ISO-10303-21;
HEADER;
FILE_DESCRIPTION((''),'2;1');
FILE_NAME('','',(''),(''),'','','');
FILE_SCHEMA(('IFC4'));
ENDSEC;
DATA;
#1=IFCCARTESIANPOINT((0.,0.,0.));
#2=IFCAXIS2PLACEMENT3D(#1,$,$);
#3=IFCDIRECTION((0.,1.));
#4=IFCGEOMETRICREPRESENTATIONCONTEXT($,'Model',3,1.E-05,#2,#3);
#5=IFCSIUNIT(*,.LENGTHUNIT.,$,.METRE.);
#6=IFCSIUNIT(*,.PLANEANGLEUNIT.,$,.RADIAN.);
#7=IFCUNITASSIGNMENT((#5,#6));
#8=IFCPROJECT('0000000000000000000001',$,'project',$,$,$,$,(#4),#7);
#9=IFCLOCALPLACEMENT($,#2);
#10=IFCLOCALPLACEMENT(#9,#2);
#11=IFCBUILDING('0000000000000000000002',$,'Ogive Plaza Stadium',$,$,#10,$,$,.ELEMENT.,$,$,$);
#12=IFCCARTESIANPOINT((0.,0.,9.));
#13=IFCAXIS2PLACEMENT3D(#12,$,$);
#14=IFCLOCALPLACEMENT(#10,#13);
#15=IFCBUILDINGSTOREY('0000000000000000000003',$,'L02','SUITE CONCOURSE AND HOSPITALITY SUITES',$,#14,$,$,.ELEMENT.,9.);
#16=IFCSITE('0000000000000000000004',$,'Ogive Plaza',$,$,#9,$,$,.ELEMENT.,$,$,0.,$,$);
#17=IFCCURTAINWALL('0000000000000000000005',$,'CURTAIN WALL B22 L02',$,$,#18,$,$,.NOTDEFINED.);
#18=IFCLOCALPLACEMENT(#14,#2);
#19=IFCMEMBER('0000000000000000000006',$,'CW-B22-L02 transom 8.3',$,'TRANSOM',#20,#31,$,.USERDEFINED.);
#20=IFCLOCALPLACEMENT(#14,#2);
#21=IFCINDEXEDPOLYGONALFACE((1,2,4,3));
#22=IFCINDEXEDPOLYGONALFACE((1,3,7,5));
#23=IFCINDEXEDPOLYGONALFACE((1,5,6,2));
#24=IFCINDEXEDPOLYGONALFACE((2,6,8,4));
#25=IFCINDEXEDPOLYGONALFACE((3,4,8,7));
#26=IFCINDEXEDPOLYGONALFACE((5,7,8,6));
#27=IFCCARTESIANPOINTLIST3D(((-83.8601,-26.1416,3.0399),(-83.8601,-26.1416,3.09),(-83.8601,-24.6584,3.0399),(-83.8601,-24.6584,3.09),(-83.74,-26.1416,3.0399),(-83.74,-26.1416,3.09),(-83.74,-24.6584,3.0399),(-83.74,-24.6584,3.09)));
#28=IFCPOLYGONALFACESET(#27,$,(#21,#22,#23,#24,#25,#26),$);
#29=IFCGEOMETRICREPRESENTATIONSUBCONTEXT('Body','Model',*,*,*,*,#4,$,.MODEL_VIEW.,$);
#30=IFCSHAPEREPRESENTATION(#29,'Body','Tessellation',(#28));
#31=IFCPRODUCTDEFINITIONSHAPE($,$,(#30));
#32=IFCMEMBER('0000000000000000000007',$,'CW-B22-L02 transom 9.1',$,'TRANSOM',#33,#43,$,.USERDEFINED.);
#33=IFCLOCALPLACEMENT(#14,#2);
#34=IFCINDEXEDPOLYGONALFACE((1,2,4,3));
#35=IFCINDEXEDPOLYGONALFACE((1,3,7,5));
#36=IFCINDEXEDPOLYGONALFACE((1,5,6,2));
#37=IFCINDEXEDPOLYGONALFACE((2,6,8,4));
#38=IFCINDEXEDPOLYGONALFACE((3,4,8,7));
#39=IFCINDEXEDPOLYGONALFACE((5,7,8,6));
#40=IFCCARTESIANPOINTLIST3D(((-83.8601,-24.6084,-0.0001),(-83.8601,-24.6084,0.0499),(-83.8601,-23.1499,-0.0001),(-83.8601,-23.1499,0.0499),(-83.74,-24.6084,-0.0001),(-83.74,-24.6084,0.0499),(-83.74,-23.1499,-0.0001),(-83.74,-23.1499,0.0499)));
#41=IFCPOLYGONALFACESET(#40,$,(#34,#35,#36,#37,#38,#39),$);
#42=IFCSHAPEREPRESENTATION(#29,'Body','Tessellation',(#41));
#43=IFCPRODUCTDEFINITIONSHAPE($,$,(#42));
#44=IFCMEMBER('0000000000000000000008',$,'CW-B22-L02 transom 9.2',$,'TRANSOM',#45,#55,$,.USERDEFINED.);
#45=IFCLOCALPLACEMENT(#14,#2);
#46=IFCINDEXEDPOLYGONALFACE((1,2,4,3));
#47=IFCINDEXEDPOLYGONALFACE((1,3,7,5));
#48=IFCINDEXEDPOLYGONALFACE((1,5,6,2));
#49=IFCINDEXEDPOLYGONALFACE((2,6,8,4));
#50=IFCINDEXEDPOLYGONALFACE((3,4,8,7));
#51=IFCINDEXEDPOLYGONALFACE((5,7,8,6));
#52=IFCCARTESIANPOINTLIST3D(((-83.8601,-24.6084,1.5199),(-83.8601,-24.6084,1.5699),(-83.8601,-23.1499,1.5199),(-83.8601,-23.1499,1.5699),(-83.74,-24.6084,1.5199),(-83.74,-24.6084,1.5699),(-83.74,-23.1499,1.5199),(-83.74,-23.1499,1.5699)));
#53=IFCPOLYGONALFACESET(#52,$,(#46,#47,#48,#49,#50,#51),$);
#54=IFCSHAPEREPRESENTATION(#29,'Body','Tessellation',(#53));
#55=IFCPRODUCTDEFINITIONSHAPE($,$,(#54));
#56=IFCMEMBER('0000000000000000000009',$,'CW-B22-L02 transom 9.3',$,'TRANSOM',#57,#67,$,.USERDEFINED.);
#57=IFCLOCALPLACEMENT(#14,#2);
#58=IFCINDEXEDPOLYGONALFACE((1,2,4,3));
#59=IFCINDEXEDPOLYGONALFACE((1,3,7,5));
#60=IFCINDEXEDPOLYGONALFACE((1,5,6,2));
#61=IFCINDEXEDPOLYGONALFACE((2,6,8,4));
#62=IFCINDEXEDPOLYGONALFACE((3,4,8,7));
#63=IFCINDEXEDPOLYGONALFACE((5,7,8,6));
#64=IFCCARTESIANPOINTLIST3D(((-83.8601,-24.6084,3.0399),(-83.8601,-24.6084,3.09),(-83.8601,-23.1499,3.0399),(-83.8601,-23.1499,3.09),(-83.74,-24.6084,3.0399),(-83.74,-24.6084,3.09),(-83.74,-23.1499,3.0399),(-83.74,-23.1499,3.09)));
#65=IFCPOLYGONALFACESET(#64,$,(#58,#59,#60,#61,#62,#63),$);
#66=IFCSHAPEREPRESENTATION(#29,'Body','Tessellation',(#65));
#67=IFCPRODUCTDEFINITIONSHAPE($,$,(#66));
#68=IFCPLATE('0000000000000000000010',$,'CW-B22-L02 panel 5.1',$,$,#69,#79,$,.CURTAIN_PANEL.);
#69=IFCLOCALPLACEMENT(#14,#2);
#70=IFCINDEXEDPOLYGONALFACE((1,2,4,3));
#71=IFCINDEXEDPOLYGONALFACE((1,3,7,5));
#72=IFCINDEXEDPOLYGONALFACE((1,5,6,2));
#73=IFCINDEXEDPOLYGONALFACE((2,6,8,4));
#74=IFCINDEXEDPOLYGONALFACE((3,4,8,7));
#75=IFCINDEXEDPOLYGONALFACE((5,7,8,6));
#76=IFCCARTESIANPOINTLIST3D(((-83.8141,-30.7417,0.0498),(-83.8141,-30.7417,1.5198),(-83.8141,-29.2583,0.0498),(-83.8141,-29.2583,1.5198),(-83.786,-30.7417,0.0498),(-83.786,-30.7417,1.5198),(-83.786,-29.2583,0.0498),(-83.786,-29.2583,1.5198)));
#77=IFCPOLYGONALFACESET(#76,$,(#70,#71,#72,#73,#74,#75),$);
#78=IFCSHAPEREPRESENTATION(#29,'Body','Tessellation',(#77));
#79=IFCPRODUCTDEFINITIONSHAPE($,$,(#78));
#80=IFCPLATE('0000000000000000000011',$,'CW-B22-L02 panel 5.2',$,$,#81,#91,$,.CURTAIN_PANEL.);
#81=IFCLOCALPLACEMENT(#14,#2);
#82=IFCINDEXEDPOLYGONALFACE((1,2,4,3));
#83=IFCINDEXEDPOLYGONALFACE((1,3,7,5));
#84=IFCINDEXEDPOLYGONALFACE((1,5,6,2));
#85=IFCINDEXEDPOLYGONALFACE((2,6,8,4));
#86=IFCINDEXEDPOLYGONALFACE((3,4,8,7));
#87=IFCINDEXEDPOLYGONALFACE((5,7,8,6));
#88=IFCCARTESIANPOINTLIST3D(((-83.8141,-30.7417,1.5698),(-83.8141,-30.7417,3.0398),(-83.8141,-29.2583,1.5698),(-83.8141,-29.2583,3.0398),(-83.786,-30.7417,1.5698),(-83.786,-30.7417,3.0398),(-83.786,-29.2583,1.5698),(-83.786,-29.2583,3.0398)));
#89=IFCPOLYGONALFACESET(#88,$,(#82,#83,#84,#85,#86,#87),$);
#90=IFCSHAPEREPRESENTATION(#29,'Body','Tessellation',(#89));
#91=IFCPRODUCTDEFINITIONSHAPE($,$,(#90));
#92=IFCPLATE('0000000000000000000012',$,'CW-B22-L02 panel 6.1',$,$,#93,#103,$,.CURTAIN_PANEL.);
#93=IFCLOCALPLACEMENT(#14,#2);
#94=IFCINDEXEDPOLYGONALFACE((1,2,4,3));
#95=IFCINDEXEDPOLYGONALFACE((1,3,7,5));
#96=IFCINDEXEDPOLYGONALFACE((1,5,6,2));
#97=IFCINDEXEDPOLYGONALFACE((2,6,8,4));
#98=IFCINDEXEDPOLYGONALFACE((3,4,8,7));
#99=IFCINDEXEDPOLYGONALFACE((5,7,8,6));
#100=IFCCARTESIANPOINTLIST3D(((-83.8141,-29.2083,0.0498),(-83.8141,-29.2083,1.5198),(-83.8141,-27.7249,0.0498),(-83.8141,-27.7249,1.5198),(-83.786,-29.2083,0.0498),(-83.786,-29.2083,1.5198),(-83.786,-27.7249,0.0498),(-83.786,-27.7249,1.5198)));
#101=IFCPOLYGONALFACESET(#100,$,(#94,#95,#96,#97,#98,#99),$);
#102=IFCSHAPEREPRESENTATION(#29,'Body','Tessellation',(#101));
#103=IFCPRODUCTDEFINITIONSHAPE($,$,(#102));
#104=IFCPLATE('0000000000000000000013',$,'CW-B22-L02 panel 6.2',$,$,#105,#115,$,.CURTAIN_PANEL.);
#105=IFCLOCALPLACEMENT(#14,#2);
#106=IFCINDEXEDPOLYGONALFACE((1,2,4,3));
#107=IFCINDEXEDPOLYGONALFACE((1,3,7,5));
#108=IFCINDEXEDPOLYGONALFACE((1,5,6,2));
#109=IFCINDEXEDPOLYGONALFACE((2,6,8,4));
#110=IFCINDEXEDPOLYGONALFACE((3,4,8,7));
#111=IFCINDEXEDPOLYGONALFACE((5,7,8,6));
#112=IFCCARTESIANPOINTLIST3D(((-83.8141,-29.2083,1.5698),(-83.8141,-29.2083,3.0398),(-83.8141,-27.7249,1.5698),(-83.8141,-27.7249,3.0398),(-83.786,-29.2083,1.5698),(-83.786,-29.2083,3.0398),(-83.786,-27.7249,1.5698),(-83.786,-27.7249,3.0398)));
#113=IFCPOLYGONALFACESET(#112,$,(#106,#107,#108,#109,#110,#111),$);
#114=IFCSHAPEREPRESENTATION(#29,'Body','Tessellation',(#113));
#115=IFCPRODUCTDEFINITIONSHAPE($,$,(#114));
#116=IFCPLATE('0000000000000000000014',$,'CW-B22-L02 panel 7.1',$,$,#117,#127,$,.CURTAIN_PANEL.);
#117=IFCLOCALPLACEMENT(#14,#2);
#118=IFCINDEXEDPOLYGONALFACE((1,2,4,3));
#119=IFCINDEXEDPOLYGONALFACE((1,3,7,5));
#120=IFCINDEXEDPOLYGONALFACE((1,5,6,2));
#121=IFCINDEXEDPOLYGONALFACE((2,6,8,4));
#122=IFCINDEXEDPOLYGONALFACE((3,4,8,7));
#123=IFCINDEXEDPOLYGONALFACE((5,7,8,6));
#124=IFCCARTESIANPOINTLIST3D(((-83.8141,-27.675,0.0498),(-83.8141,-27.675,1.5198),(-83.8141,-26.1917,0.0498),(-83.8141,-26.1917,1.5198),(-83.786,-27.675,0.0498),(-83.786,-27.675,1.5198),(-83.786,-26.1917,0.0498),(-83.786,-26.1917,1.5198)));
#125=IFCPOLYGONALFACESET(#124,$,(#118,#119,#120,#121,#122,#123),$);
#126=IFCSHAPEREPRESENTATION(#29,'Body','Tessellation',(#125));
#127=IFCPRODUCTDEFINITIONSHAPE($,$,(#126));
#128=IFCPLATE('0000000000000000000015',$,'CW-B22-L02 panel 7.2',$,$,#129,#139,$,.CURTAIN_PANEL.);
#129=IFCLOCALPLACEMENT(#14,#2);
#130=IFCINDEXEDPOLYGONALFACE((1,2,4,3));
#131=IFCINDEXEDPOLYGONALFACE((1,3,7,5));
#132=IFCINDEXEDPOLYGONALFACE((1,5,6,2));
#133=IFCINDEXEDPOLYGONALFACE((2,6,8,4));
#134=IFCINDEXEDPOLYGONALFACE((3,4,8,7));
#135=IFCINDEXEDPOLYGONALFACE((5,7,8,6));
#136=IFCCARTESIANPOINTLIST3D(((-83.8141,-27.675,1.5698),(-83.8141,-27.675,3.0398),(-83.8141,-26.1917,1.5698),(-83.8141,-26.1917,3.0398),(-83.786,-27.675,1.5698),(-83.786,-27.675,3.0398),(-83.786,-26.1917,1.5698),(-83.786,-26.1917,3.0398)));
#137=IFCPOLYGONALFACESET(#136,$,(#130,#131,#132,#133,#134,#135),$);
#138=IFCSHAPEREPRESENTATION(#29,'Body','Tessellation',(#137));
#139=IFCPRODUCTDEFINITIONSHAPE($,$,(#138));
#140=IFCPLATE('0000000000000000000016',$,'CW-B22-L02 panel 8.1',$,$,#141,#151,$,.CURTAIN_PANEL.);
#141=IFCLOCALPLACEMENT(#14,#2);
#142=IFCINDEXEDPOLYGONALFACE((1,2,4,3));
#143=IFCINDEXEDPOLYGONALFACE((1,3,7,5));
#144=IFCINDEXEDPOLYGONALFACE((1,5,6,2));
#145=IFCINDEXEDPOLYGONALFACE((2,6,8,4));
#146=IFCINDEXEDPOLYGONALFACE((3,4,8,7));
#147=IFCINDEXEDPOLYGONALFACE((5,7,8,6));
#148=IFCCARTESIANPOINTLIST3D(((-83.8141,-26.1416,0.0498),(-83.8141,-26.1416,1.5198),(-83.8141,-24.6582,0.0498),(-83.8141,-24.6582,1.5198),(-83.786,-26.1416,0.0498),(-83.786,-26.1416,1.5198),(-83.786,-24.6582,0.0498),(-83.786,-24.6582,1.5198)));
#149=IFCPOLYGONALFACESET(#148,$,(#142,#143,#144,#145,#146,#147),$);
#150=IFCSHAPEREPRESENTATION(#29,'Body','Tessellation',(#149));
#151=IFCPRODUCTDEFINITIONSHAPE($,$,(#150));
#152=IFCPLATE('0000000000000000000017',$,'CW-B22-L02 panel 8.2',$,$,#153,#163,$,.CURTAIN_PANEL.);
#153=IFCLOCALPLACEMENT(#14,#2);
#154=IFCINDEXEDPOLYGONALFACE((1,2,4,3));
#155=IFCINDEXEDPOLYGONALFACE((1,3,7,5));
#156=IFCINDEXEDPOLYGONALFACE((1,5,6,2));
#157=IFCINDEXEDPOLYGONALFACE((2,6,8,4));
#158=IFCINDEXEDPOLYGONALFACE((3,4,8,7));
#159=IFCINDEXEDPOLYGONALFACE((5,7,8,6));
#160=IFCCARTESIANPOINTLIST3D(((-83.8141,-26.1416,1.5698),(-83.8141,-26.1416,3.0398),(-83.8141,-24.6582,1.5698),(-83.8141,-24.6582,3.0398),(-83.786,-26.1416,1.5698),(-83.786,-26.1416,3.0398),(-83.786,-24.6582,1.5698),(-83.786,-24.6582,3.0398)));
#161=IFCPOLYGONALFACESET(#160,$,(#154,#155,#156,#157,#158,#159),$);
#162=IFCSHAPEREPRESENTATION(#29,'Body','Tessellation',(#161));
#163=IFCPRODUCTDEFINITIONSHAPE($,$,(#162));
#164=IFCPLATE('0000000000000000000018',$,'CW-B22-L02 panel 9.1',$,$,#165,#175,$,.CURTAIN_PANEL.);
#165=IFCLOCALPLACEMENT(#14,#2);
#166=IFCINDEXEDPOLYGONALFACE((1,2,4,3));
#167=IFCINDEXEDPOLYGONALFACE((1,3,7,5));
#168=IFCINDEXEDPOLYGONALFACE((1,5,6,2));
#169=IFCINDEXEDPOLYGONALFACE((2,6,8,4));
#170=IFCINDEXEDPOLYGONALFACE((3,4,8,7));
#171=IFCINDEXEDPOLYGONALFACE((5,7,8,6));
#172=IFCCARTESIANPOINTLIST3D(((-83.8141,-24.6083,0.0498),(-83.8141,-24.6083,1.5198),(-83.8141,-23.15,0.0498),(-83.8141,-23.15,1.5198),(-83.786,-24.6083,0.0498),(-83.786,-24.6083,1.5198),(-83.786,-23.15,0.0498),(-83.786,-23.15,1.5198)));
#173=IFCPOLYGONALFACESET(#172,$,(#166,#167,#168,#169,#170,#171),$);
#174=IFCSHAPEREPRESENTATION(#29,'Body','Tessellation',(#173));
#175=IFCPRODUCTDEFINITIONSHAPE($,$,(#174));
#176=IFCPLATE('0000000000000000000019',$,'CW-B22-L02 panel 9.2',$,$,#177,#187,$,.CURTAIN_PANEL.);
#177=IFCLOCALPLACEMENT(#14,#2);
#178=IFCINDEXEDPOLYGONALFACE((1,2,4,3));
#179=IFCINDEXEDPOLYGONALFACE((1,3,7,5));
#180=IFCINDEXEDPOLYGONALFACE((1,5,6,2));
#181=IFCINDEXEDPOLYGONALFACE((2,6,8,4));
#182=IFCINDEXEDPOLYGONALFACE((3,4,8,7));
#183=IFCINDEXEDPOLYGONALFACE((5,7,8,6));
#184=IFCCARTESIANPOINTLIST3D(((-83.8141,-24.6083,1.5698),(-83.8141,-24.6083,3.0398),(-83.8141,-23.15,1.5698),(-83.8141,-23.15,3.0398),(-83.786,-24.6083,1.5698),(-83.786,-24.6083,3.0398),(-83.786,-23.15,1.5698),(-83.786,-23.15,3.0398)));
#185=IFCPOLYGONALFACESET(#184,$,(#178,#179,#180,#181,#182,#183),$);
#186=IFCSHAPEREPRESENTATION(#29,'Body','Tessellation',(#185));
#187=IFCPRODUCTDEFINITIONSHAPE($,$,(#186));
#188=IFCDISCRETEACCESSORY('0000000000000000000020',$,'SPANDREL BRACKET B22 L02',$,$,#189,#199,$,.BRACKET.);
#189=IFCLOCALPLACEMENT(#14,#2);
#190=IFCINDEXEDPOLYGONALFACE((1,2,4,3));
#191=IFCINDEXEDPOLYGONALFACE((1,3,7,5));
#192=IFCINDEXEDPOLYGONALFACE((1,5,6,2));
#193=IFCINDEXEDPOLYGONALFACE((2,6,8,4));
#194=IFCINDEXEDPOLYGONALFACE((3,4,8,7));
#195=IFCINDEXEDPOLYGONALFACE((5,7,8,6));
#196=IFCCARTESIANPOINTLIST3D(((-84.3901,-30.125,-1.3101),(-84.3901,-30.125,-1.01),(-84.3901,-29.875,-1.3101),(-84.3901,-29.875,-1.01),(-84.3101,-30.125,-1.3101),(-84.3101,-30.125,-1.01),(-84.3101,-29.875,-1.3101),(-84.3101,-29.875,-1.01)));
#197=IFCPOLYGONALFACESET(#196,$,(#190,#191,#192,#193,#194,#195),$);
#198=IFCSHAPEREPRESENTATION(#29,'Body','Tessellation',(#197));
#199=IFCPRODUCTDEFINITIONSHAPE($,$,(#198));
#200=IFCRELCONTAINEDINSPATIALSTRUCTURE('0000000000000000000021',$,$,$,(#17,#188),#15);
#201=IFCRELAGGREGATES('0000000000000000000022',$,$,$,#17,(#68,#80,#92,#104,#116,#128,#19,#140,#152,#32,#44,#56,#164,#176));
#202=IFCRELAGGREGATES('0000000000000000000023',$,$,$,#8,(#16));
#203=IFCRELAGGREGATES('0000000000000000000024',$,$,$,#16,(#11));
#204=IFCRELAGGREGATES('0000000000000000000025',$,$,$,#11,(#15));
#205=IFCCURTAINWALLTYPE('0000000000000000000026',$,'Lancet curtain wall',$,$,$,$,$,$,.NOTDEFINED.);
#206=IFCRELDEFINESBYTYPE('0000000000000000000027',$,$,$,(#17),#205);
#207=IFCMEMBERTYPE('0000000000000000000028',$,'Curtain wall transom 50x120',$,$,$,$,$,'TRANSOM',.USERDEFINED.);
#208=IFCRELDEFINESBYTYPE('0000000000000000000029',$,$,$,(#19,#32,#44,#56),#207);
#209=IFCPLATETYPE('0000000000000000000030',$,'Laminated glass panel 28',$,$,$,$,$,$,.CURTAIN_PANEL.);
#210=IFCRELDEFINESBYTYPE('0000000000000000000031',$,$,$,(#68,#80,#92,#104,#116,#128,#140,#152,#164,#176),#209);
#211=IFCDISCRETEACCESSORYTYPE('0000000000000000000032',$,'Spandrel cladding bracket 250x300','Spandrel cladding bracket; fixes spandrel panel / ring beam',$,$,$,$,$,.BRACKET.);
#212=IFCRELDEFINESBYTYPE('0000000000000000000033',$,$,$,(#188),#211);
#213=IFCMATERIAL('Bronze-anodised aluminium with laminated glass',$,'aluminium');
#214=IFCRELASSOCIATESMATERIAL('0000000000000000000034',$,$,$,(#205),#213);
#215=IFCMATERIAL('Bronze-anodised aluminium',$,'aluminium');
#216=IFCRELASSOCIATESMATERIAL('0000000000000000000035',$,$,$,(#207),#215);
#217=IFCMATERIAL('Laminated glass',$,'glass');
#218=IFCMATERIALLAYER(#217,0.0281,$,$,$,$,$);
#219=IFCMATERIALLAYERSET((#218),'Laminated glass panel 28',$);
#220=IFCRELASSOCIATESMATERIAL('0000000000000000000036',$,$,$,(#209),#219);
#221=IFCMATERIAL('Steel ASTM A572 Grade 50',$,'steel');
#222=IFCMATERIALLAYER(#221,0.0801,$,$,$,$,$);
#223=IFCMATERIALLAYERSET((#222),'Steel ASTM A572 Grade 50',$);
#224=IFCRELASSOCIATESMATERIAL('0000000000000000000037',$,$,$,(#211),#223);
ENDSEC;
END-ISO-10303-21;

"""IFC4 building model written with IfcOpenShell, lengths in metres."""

from ifc_helpers import new_model, si_unit, direction, frame, origin, origin_2d, place, context, subcontext, project, spatial, rectangle, extrude, material, layer, layer_set, material_profile, profile_set, type_object, element, aggregate, save


model = new_model("IFC4")

# Units and contexts
model_context = context("Model", 3, precision=1e-05, world=origin(), true_north=direction((0.0, 1.0)))
body_context = subcontext(model_context, "Body", "Model", "MODEL_VIEW")
ifc_project = project(units=[si_unit("LENGTHUNIT", "METRE"), si_unit("PLANEANGLEUNIT", "RADIAN")], contexts=[model_context])

# Site, building, storey
site_placement = place(None, origin())
site = spatial("IfcSite", under=ifc_project, at=site_placement, Name="Ogive Plaza", CompositionType="ELEMENT", RefElevation=0.0)
building_placement = place(site_placement, origin())
building = spatial("IfcBuilding", under=site, at=building_placement, Name="Ogive Plaza Stadium", CompositionType="ELEMENT")
storey_placement = place(building_placement, frame((0.0, 0.0, 9.0)))
storey = spatial("IfcBuildingStorey", under=building, at=storey_placement, Name="L02", Description="SUITE CONCOURSE AND HOSPITALITY SUITES", CompositionType="ELEMENT", Elevation=9.0)

# Curtain wall, members, plates
ifc_material_1 = material(Name="Bronze-anodised aluminium with laminated glass", Category="aluminium")
curtain_wall_type = type_object("IfcCurtainWallType", Name="Lancet curtain wall", PredefinedType="NOTDEFINED", material=ifc_material_1)
curtain_wall_placement = place(storey_placement, origin())
curtain_wall = element("IfcCurtainWall", 1, at=curtain_wall_placement, inside=storey, type_object=curtain_wall_type, Name="CURTAIN WALL B22 L02", PredefinedType="NOTDEFINED")
ifc_material_2 = material(Name="Bronze-anodised aluminium", Category="aluminium")
ifc_material_profile_1 = material_profile(ifc_material_2, rectangle(XDim=0.1201, YDim=0.05, at=origin_2d()), Name="AL 120x50")
ifc_profile_set_1 = profile_set([ifc_material_profile_1], Name="Bronze-anodised aluminium")
member_type_1 = type_object("IfcMemberType", Name="Curtain wall transom 50x120", ElementType="TRANSOM", PredefinedType="USERDEFINED", material=ifc_profile_set_1)
member_1_placement = place(storey_placement, frame((-83.8, -26.1416, 3.0649), z_axis=(0.0, 1.0, 0.0), x_axis=(-1.0, 0.0, 0.0)))
member_1 = element("IfcMember", 2, at=member_1_placement, type_object=member_type_1, Name="CW-B22-L02 transom 8.3", ObjectType="TRANSOM", PredefinedType="USERDEFINED", context=body_context, shape_type="SweptSolid", body=[
    extrude(rectangle(XDim=0.1201, YDim=0.05, at=origin_2d()), origin(), (0.0, 0.0, 1.0), 1.4832),
])
member_2_placement = place(storey_placement, frame((-83.8, -24.6084, 0.0249), z_axis=(0.0, 1.0, 0.0), x_axis=(-1.0, 0.0, 0.0)))
member_2 = element("IfcMember", 3, at=member_2_placement, type_object=member_type_1, Name="CW-B22-L02 transom 9.1", ObjectType="TRANSOM", PredefinedType="USERDEFINED", context=body_context, shape_type="SweptSolid", body=[
    extrude(rectangle(XDim=0.1201, YDim=0.05, at=origin_2d()), origin(), (0.0, 0.0, 1.0), 1.4585),
])
member_3_placement = place(storey_placement, frame((-83.8, -24.6084, 1.5449), z_axis=(0.0, 1.0, 0.0), x_axis=(-1.0, 0.0, 0.0)))
member_3 = element("IfcMember", 4, at=member_3_placement, type_object=member_type_1, Name="CW-B22-L02 transom 9.2", ObjectType="TRANSOM", PredefinedType="USERDEFINED", context=body_context, shape_type="SweptSolid", body=[
    extrude(rectangle(XDim=0.1201, YDim=0.05, at=origin_2d()), origin(), (0.0, 0.0, 1.0), 1.4585),
])
member_4_placement = place(storey_placement, frame((-83.8, -24.6084, 3.0649), z_axis=(0.0, 1.0, 0.0), x_axis=(-1.0, 0.0, 0.0)))
member_4 = element("IfcMember", 5, at=member_4_placement, type_object=member_type_1, Name="CW-B22-L02 transom 9.3", ObjectType="TRANSOM", PredefinedType="USERDEFINED", context=body_context, shape_type="SweptSolid", body=[
    extrude(rectangle(XDim=0.1201, YDim=0.05, at=origin_2d()), origin(), (0.0, 0.0, 1.0), 1.4585),
])
ifc_material_3 = material(Name="Laminated glass", Category="glass")
ifc_layer_1 = layer(ifc_material_3, 0.0281)
ifc_layer_set_1 = layer_set([ifc_layer_1], Name="Laminated glass panel 28")
plate_type = type_object("IfcPlateType", Name="Laminated glass panel 28", PredefinedType="CURTAIN_PANEL", material=ifc_layer_set_1)
plate_1_placement = place(storey_placement, frame((-83.8, -30.0, 0.0498), z_axis=(0.0, 0.0, 1.0), x_axis=(0.0, 1.0, 0.0)))
plate_1 = element("IfcPlate", 6, at=plate_1_placement, type_object=plate_type, Name="CW-B22-L02 panel 5.1", PredefinedType="CURTAIN_PANEL", context=body_context, shape_type="SweptSolid", body=[
    extrude(rectangle(XDim=1.4834, YDim=0.0281, at=origin_2d()), origin(), (0.0, 0.0, 1.0), 1.47),
])
plate_2_placement = place(storey_placement, frame((-83.8, -30.0, 1.5698), z_axis=(0.0, 0.0, 1.0), x_axis=(0.0, 1.0, 0.0)))
plate_2 = element("IfcPlate", 7, at=plate_2_placement, type_object=plate_type, Name="CW-B22-L02 panel 5.2", PredefinedType="CURTAIN_PANEL", context=body_context, shape_type="SweptSolid", body=[
    extrude(rectangle(XDim=1.4834, YDim=0.0281, at=origin_2d()), origin(), (0.0, 0.0, 1.0), 1.47),
])
plate_3_placement = place(storey_placement, frame((-83.8, -28.4666, 0.0498), z_axis=(0.0, 0.0, 1.0), x_axis=(0.0, 1.0, 0.0)))
plate_3 = element("IfcPlate", 8, at=plate_3_placement, type_object=plate_type, Name="CW-B22-L02 panel 6.1", PredefinedType="CURTAIN_PANEL", context=body_context, shape_type="SweptSolid", body=[
    extrude(rectangle(XDim=1.4834, YDim=0.0281, at=origin_2d()), origin(), (0.0, 0.0, 1.0), 1.47),
])
plate_4_placement = place(storey_placement, frame((-83.8, -28.4666, 1.5698), z_axis=(0.0, 0.0, 1.0), x_axis=(0.0, 1.0, 0.0)))
plate_4 = element("IfcPlate", 9, at=plate_4_placement, type_object=plate_type, Name="CW-B22-L02 panel 6.2", PredefinedType="CURTAIN_PANEL", context=body_context, shape_type="SweptSolid", body=[
    extrude(rectangle(XDim=1.4834, YDim=0.0281, at=origin_2d()), origin(), (0.0, 0.0, 1.0), 1.47),
])
plate_5_placement = place(storey_placement, frame((-83.8, -26.9333, 0.0498), z_axis=(0.0, 0.0, 1.0), x_axis=(0.0, 1.0, 0.0)))
plate_5 = element("IfcPlate", 10, at=plate_5_placement, type_object=plate_type, Name="CW-B22-L02 panel 7.1", PredefinedType="CURTAIN_PANEL", context=body_context, shape_type="SweptSolid", body=[
    extrude(rectangle(XDim=1.4834, YDim=0.0281, at=origin_2d()), origin(), (0.0, 0.0, 1.0), 1.47),
])
plate_6_placement = place(storey_placement, frame((-83.8, -26.9333, 1.5698), z_axis=(0.0, 0.0, 1.0), x_axis=(0.0, 1.0, 0.0)))
plate_6 = element("IfcPlate", 11, at=plate_6_placement, type_object=plate_type, Name="CW-B22-L02 panel 7.2", PredefinedType="CURTAIN_PANEL", context=body_context, shape_type="SweptSolid", body=[
    extrude(rectangle(XDim=1.4834, YDim=0.0281, at=origin_2d()), origin(), (0.0, 0.0, 1.0), 1.47),
])
plate_7_placement = place(storey_placement, frame((-83.8, -25.3999, 0.0498), z_axis=(0.0, 0.0, 1.0), x_axis=(0.0, 1.0, 0.0)))
plate_7 = element("IfcPlate", 12, at=plate_7_placement, type_object=plate_type, Name="CW-B22-L02 panel 8.1", PredefinedType="CURTAIN_PANEL", context=body_context, shape_type="SweptSolid", body=[
    extrude(rectangle(XDim=1.4834, YDim=0.0281, at=origin_2d()), origin(), (0.0, 0.0, 1.0), 1.47),
])
plate_8_placement = place(storey_placement, frame((-83.8, -25.3999, 1.5698), z_axis=(0.0, 0.0, 1.0), x_axis=(0.0, 1.0, 0.0)))
plate_8 = element("IfcPlate", 13, at=plate_8_placement, type_object=plate_type, Name="CW-B22-L02 panel 8.2", PredefinedType="CURTAIN_PANEL", context=body_context, shape_type="SweptSolid", body=[
    extrude(rectangle(XDim=1.4834, YDim=0.0281, at=origin_2d()), origin(), (0.0, 0.0, 1.0), 1.47),
])
plate_9_placement = place(storey_placement, frame((-83.8, -23.8792, 0.0498), z_axis=(0.0, 0.0, 1.0), x_axis=(0.0, 1.0, 0.0)))
plate_9 = element("IfcPlate", 14, at=plate_9_placement, type_object=plate_type, Name="CW-B22-L02 panel 9.1", PredefinedType="CURTAIN_PANEL", context=body_context, shape_type="SweptSolid", body=[
    extrude(rectangle(XDim=1.4583, YDim=0.0281, at=origin_2d()), origin(), (0.0, 0.0, 1.0), 1.47),
])
plate_10_placement = place(storey_placement, frame((-83.8, -23.8792, 1.5698), z_axis=(0.0, 0.0, 1.0), x_axis=(0.0, 1.0, 0.0)))
plate_10 = element("IfcPlate", 15, at=plate_10_placement, type_object=plate_type, Name="CW-B22-L02 panel 9.2", PredefinedType="CURTAIN_PANEL", context=body_context, shape_type="SweptSolid", body=[
    extrude(rectangle(XDim=1.4583, YDim=0.0281, at=origin_2d()), origin(), (0.0, 0.0, 1.0), 1.47),
])
aggregate(curtain_wall, [plate_1, plate_2, plate_3, plate_4, plate_5, plate_6, member_1, plate_7, plate_8, member_2, member_3, member_4, plate_9, plate_10])

# Discrete accessory
ifc_material_4 = material(Name="Steel ASTM A572 Grade 50", Category="steel")
ifc_layer_2 = layer(ifc_material_4, 0.0801)
ifc_layer_set_2 = layer_set([ifc_layer_2], Name="Steel ASTM A572 Grade 50")
discrete_accessory_type = type_object("IfcDiscreteAccessoryType", Name="Spandrel cladding bracket 250x300", Description="Spandrel cladding bracket; fixes spandrel panel / ring beam", PredefinedType="BRACKET", material=ifc_layer_set_2)
discrete_accessory_placement = place(storey_placement, frame((-84.3501, -30.0, -1.3101), z_axis=(0.0, 0.0, 1.0), x_axis=(0.0, 1.0, 0.0)))
element("IfcDiscreteAccessory", 16, at=discrete_accessory_placement, inside=storey, type_object=discrete_accessory_type, Name="SPANDREL BRACKET B22 L02", PredefinedType="BRACKET", context=body_context, shape_type="SweptSolid", body=[
    extrude(rectangle(XDim=0.25, YDim=0.0801, at=origin_2d()), origin(), (0.0, 0.0, 1.0), 0.3),
])

save(model, "model.ifc")
